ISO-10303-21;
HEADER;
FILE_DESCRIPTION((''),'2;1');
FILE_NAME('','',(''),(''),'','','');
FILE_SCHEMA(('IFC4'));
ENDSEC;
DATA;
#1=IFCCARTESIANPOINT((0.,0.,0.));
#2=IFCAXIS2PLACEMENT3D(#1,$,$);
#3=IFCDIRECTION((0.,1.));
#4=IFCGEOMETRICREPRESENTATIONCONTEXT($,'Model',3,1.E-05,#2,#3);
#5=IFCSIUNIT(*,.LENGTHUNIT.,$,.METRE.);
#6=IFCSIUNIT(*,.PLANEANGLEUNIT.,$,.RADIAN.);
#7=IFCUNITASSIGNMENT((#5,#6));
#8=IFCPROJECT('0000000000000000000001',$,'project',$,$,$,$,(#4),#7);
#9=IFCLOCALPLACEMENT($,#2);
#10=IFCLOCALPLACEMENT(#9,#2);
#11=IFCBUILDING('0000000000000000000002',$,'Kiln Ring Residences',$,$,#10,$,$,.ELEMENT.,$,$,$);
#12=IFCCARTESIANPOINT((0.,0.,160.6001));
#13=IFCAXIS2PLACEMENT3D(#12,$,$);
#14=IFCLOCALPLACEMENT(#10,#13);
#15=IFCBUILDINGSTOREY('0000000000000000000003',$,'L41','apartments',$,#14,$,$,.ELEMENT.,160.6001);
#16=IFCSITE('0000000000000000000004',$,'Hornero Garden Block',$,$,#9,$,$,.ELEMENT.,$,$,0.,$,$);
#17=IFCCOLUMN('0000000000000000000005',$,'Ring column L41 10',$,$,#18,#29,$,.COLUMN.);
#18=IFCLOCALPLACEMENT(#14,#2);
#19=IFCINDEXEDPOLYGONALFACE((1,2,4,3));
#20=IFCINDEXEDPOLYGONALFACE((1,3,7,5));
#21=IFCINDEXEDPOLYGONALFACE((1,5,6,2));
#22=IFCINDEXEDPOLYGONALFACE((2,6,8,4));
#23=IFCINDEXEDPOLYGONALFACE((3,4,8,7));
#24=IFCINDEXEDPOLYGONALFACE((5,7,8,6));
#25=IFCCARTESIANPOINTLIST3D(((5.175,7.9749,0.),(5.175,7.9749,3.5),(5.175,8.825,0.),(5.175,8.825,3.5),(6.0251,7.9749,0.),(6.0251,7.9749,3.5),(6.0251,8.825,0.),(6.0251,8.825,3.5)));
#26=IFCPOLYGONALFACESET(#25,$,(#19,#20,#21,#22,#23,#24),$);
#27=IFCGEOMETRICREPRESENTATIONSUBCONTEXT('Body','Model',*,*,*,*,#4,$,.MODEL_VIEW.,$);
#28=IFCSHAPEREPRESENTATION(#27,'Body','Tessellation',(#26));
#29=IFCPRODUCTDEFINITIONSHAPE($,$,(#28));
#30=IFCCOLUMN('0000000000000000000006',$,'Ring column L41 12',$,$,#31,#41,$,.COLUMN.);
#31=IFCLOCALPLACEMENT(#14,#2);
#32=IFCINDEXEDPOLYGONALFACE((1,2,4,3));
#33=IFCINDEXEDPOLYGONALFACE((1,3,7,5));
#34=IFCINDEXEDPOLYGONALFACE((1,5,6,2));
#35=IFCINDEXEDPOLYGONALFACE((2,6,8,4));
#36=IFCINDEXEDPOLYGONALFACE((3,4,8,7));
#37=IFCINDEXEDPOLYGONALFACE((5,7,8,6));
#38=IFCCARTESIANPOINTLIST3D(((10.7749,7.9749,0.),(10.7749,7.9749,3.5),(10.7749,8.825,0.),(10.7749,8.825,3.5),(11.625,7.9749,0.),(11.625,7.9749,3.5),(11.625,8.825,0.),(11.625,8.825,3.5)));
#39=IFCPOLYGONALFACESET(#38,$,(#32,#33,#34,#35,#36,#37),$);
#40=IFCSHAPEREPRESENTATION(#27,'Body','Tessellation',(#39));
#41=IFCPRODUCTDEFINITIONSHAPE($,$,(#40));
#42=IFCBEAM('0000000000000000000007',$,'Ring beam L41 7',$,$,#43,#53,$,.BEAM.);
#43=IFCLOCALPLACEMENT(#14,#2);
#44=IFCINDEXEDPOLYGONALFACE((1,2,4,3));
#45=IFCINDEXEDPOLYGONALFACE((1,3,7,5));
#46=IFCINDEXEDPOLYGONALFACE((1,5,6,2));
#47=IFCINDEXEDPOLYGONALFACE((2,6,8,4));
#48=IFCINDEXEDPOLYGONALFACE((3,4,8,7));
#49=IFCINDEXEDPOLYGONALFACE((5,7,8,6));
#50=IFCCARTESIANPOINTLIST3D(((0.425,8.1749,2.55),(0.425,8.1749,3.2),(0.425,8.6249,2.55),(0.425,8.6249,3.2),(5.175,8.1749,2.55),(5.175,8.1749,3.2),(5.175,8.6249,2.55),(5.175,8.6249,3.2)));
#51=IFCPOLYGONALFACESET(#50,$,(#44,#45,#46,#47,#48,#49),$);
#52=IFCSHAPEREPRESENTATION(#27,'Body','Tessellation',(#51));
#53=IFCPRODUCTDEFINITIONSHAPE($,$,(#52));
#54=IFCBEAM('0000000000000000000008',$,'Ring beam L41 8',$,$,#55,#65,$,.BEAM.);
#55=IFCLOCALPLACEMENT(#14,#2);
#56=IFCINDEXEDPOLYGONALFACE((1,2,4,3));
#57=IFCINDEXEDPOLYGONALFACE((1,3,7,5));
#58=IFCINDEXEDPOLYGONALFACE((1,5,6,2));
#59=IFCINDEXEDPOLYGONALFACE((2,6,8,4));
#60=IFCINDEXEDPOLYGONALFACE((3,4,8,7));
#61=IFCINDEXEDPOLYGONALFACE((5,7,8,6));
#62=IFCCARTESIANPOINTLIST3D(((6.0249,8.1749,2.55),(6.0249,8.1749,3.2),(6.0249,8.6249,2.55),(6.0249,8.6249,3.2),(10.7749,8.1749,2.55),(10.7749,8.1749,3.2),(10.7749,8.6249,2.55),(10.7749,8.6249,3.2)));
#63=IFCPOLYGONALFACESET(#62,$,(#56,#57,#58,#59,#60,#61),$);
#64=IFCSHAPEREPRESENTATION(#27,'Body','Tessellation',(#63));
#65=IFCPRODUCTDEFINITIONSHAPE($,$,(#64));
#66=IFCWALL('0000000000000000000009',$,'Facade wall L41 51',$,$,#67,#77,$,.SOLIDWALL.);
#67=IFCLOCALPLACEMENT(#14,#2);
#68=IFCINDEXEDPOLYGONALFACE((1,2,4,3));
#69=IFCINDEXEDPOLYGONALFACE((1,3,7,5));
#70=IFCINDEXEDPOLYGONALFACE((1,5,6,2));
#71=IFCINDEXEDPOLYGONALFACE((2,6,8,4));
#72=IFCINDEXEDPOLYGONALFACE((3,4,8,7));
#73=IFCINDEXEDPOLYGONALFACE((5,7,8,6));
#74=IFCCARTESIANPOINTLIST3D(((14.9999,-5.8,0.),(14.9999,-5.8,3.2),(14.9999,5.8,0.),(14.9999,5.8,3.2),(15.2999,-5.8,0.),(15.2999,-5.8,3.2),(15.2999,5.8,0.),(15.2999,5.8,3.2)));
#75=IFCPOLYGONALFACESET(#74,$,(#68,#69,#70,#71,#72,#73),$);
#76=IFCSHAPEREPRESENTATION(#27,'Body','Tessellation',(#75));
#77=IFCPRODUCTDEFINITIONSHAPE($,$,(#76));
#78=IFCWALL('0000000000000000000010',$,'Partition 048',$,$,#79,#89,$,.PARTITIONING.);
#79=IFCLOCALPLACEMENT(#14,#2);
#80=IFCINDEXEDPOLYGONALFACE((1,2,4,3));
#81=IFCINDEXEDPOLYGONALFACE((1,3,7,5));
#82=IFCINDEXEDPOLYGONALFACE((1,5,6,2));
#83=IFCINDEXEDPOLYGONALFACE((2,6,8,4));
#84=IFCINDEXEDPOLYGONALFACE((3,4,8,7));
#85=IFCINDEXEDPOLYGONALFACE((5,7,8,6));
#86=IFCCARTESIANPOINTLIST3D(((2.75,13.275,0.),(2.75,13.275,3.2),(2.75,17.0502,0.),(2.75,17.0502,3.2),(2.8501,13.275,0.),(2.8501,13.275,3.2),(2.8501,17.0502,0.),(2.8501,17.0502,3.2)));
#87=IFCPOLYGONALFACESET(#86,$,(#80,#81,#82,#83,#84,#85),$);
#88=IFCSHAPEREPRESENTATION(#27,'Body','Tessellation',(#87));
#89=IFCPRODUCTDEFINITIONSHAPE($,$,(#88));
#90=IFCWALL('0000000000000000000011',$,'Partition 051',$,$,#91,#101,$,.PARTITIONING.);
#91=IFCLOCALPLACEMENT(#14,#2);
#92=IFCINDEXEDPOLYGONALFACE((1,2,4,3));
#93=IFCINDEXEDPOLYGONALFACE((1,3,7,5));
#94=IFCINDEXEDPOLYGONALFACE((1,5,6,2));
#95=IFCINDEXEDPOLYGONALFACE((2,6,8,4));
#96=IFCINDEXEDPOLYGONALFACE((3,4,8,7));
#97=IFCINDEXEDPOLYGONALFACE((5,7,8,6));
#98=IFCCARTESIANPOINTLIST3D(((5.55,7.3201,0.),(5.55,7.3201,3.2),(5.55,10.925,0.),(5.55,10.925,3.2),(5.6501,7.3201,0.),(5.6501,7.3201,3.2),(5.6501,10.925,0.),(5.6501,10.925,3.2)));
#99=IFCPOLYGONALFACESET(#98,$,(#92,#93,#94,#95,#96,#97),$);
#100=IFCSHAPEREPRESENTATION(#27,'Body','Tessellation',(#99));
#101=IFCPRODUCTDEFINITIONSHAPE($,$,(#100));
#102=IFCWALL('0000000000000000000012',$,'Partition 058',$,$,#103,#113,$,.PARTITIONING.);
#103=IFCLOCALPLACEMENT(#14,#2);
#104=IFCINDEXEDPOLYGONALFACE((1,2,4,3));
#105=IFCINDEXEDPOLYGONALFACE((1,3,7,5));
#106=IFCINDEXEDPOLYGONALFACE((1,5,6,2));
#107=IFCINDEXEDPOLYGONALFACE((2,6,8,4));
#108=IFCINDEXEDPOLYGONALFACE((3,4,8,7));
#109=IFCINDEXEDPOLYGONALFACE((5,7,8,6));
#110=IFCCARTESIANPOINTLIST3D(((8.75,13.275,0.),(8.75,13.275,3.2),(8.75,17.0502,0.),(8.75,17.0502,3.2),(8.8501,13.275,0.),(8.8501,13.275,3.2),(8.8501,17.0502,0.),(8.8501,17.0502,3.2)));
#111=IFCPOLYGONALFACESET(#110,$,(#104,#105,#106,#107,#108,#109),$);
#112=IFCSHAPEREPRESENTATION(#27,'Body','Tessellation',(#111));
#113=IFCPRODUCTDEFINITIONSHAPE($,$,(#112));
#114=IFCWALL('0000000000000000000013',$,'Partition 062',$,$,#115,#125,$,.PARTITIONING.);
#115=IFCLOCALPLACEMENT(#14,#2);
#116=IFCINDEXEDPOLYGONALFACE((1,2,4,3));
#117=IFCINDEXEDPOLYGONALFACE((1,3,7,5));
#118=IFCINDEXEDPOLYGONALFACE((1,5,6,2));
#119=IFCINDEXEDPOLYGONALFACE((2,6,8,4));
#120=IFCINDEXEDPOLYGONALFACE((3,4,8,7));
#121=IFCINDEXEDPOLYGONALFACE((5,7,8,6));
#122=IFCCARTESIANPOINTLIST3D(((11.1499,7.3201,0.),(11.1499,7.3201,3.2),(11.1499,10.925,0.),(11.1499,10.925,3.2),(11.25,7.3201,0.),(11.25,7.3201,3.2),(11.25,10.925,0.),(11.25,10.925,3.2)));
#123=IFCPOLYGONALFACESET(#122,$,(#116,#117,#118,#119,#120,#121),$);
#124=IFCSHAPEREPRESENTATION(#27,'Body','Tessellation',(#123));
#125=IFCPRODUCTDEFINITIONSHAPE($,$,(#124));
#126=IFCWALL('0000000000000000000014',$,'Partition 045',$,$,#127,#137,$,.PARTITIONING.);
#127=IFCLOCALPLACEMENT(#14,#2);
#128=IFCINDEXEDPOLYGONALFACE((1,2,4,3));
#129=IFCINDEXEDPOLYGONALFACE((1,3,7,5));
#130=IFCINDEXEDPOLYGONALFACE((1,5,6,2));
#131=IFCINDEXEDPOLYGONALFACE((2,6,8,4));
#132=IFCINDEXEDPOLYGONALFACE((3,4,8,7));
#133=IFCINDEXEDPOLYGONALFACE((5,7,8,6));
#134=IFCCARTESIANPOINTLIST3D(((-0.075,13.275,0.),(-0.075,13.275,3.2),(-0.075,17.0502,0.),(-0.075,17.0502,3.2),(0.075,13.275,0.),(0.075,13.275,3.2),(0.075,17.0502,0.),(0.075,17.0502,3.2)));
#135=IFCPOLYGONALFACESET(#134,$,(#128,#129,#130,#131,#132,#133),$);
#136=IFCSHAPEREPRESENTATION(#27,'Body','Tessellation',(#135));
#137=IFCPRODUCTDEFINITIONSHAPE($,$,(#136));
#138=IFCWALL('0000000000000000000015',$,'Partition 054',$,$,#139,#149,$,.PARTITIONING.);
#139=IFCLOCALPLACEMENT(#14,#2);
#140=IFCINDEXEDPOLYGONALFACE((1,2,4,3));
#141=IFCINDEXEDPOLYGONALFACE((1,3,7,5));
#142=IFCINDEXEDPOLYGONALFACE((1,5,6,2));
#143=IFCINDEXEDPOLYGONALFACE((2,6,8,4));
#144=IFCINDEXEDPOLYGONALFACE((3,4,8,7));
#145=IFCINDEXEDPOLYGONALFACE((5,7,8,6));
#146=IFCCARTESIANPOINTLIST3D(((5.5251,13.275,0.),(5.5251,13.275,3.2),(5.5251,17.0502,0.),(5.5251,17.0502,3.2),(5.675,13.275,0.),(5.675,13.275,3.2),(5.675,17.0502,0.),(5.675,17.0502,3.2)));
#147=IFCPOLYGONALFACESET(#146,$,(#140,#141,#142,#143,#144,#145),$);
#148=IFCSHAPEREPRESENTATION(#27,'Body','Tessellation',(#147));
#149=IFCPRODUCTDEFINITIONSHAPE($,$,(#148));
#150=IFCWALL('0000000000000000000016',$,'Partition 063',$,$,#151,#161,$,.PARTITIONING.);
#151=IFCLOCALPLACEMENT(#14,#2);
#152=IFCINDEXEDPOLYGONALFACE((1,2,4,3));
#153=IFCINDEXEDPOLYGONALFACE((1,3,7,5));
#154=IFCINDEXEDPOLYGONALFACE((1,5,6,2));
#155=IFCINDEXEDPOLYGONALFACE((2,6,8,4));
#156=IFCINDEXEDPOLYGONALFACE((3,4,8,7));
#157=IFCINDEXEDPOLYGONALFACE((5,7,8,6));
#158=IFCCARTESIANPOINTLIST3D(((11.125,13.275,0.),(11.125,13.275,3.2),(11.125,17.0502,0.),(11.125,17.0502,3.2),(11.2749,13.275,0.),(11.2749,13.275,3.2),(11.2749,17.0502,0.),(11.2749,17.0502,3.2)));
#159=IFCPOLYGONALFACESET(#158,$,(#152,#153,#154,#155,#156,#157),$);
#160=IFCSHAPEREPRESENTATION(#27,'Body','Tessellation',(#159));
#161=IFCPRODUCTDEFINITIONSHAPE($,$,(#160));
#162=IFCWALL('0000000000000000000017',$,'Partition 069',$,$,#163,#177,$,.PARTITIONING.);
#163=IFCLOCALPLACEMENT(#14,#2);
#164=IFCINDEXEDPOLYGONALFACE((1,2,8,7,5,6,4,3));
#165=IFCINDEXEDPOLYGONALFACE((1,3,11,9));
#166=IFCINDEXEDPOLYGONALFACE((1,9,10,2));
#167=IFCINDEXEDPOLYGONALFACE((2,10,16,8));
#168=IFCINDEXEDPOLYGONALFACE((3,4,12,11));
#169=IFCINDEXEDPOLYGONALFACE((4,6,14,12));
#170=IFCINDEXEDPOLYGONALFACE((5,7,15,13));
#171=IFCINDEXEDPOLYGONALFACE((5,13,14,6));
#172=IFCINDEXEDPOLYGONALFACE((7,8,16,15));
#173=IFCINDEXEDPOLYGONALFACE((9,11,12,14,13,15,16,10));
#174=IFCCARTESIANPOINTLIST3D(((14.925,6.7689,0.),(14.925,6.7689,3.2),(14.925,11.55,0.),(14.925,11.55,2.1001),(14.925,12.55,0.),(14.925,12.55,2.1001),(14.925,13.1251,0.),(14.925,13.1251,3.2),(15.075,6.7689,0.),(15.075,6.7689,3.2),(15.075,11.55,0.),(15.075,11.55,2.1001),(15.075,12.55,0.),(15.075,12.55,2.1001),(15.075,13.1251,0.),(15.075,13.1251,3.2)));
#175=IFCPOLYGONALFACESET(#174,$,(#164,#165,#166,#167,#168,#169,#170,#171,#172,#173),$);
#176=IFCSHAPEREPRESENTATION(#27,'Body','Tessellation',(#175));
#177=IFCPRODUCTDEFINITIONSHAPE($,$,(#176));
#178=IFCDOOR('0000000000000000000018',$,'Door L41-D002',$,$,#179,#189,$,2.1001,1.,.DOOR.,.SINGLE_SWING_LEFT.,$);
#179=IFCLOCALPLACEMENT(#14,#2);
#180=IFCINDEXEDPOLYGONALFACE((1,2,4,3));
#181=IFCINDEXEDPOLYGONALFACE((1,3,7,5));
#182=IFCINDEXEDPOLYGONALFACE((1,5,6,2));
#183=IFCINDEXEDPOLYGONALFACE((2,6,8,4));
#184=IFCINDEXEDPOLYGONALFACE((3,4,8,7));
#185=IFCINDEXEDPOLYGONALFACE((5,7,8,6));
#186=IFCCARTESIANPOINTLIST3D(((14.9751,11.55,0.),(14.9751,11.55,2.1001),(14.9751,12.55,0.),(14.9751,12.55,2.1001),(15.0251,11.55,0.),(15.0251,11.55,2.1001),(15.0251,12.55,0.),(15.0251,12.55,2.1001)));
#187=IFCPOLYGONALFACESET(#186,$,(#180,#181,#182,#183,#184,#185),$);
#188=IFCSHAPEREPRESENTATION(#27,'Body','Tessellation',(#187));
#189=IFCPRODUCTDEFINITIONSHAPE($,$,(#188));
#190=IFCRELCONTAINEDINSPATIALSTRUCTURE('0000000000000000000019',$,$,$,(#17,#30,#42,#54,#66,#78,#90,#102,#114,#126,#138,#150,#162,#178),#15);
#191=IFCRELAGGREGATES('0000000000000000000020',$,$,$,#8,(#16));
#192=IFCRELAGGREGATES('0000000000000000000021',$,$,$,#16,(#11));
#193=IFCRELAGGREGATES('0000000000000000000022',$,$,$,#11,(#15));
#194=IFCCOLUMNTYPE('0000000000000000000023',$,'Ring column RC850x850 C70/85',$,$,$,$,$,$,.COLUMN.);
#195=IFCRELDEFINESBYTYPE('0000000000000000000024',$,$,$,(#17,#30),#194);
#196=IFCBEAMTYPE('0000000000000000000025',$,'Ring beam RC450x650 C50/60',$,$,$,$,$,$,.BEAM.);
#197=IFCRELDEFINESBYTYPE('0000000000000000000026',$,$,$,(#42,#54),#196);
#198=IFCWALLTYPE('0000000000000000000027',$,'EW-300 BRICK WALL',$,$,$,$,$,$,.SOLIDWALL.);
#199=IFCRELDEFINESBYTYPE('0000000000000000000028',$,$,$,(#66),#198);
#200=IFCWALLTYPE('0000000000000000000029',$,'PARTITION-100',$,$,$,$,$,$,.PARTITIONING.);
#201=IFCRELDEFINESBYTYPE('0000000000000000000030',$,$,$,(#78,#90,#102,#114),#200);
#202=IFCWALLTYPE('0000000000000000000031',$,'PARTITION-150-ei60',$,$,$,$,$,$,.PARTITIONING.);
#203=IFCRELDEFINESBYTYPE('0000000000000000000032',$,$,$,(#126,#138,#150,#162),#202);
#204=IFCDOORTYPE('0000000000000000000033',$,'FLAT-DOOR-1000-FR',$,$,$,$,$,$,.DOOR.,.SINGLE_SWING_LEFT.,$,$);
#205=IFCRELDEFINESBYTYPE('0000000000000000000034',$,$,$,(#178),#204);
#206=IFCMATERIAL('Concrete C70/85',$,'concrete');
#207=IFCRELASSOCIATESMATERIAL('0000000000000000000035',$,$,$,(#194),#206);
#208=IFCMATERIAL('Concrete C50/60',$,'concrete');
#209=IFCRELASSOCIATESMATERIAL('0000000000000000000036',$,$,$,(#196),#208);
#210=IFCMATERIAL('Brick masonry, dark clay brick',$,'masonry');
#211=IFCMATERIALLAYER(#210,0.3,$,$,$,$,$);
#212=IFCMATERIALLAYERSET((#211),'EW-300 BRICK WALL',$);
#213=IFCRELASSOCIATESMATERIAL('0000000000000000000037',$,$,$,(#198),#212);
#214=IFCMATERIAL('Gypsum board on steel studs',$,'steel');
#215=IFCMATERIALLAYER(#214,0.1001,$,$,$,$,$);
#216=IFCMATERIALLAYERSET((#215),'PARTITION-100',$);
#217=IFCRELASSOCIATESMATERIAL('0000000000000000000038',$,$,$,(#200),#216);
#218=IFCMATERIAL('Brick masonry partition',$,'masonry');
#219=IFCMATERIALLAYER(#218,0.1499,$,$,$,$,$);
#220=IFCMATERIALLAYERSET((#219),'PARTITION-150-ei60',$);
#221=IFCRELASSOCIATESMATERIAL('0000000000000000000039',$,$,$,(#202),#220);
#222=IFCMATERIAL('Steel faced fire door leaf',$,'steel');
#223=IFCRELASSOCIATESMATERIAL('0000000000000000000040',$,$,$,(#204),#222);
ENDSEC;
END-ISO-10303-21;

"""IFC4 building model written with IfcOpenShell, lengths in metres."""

from ifc_helpers import new_model, si_unit, direction, frame, frame_2d, origin, origin_2d, place, context, subcontext, project, spatial, rectangle, extrude, material, layer, layer_set, material_profile, profile_set, type_object, element, fill, save


model = new_model("IFC4")

# Units and contexts
model_context = context("Model", 3, precision=1e-05, world=origin(), true_north=direction((0.0, 1.0)))
body_context = subcontext(model_context, "Body", "Model", "MODEL_VIEW")
ifc_project = project(units=[si_unit("LENGTHUNIT", "METRE"), si_unit("PLANEANGLEUNIT", "RADIAN")], contexts=[model_context])

# Site, building, storey
site_placement = place(None, origin())
site = spatial("IfcSite", under=ifc_project, at=site_placement, Name="Hornero Garden Block", CompositionType="ELEMENT", RefElevation=0.0)
building_placement = place(site_placement, origin())
building = spatial("IfcBuilding", under=site, at=building_placement, Name="Kiln Ring Residences", CompositionType="ELEMENT")
storey_placement = place(building_placement, frame((0.0, 0.0, 160.6001)))
storey = spatial("IfcBuildingStorey", under=building, at=storey_placement, Name="L41", Description="apartments", CompositionType="ELEMENT", Elevation=160.6001)

# Columns
ifc_material_1 = material(Name="Concrete C70/85", Category="concrete")
ifc_material_profile_1 = material_profile(ifc_material_1, rectangle(XDim=0.8501, YDim=0.8501, at=origin_2d()), Name="RC850x850")
ifc_profile_set_1 = profile_set([ifc_material_profile_1], Name="Concrete C70/85")
column_type = type_object("IfcColumnType", Name="Ring column RC850x850 C70/85", PredefinedType="COLUMN", material=ifc_profile_set_1)
for number, where, z_axis, x_axis, name in (
    (1, (5.6001, 8.3999, 0.0), (0.0, 0.0, 1.0), (1.0, 0.0, 0.0), "Ring column L41 10"),
    (2, (11.2, 8.3999, 0.0), (0.0, 0.0, 1.0), (1.0, 0.0, 0.0), "Ring column L41 12"),
):
    element("IfcColumn", number, at=place(storey_placement, frame(where, z_axis=z_axis, x_axis=x_axis)), inside=storey, type_object=column_type, Name=name, PredefinedType="COLUMN", context=body_context, shape_type="SweptSolid", body=[
        extrude(rectangle(XDim=0.8501, YDim=0.8501, at=origin_2d()), origin(), (0.0, 0.0, 1.0), 3.5),
    ])

# Beams
ifc_material_2 = material(Name="Concrete C50/60", Category="concrete")
ifc_material_profile_2 = material_profile(ifc_material_2, rectangle(XDim=0.45, YDim=0.6499, at=origin_2d()), Name="RC450x650")
ifc_profile_set_2 = profile_set([ifc_material_profile_2], Name="Concrete C50/60")
beam_type = type_object("IfcBeamType", Name="Ring beam RC450x650 C50/60", PredefinedType="BEAM", material=ifc_profile_set_2)
for number, where, z_axis, x_axis, name in (
    (3, (0.425, 8.3999, 2.875), (1.0, 0.0, 0.0), (0.0, 1.0, 0.0), "Ring beam L41 7"),
    (4, (6.0249, 8.3999, 2.875), (1.0, 0.0, 0.0), (0.0, 1.0, 0.0), "Ring beam L41 8"),
):
    element("IfcBeam", number, at=place(storey_placement, frame(where, z_axis=z_axis, x_axis=x_axis)), inside=storey, type_object=beam_type, Name=name, PredefinedType="BEAM", context=body_context, shape_type="SweptSolid", body=[
        extrude(rectangle(XDim=0.45, YDim=0.6499, at=origin_2d()), origin(), (0.0, 0.0, 1.0), 4.75),
    ])

# Walls
ifc_material_3 = material(Name="Brick masonry, dark clay brick", Category="masonry")
ifc_layer_1 = layer(ifc_material_3, 0.3)
ifc_layer_set_1 = layer_set([ifc_layer_1], Name="EW-300 BRICK WALL")
wall_type_1 = type_object("IfcWallType", Name="EW-300 BRICK WALL", PredefinedType="SOLIDWALL", material=ifc_layer_set_1)
wall_1_placement = place(storey_placement, frame((15.1499, 5.8, 0.0), z_axis=(0.0, 0.0, 1.0), x_axis=(0.0, -1.0, 0.0)))
element("IfcWall", 5, at=wall_1_placement, inside=storey, type_object=wall_type_1, Name="Facade wall L41 51", PredefinedType="SOLIDWALL", context=body_context, shape_type="SweptSolid", body=[
    extrude(rectangle(XDim=11.6001, YDim=0.3, at=frame_2d((5.8, 0.0))), origin(), (0.0, 0.0, 1.0), 3.2),
])
ifc_material_4 = material(Name="Gypsum board on steel studs", Category="steel")
ifc_layer_2 = layer(ifc_material_4, 0.1001)
ifc_layer_set_2 = layer_set([ifc_layer_2], Name="PARTITION-100")
wall_type_2 = type_object("IfcWallType", Name="PARTITION-100", PredefinedType="PARTITIONING", material=ifc_layer_set_2)
wall_2_placement = place(storey_placement, frame((2.8, 13.2749, 0.0), z_axis=(0.0, 0.0, 1.0), x_axis=(0.0, 1.0, 0.0)))
element("IfcWall", 6, at=wall_2_placement, inside=storey, type_object=wall_type_2, Name="Partition 048", PredefinedType="PARTITIONING", context=body_context, shape_type="SweptSolid", body=[
    extrude(rectangle(XDim=3.7751, YDim=0.1001, at=frame_2d((1.8877, 0.0))), origin(), (0.0, 0.0, 1.0), 3.2),
])
wall_3_placement = place(storey_placement, frame((5.6001, 7.3201, 0.0), z_axis=(0.0, 0.0, 1.0), x_axis=(0.0, 1.0, 0.0)))
element("IfcWall", 7, at=wall_3_placement, inside=storey, type_object=wall_type_2, Name="Partition 051", PredefinedType="PARTITIONING", context=body_context, shape_type="SweptSolid", body=[
    extrude(rectangle(XDim=3.605, YDim=0.1001, at=frame_2d((1.8025, 0.0))), origin(), (0.0, 0.0, 1.0), 3.2),
])
wall_4_placement = place(storey_placement, frame((8.8, 13.2749, 0.0), z_axis=(0.0, 0.0, 1.0), x_axis=(0.0, 1.0, 0.0)))
element("IfcWall", 8, at=wall_4_placement, inside=storey, type_object=wall_type_2, Name="Partition 058", PredefinedType="PARTITIONING", context=body_context, shape_type="SweptSolid", body=[
    extrude(rectangle(XDim=3.7751, YDim=0.1001, at=frame_2d((1.8877, 0.0))), origin(), (0.0, 0.0, 1.0), 3.2),
])
wall_5_placement = place(storey_placement, frame((11.2, 7.3201, 0.0), z_axis=(0.0, 0.0, 1.0), x_axis=(0.0, 1.0, 0.0)))
element("IfcWall", 9, at=wall_5_placement, inside=storey, type_object=wall_type_2, Name="Partition 062", PredefinedType="PARTITIONING", context=body_context, shape_type="SweptSolid", body=[
    extrude(rectangle(XDim=3.605, YDim=0.1001, at=frame_2d((1.8025, 0.0))), origin(), (0.0, 0.0, 1.0), 3.2),
])
ifc_material_5 = material(Name="Brick masonry partition", Category="masonry")
ifc_layer_3 = layer(ifc_material_5, 0.1499)
ifc_layer_set_3 = layer_set([ifc_layer_3], Name="PARTITION-150-ei60")
wall_type_3 = type_object("IfcWallType", Name="PARTITION-150-ei60", PredefinedType="PARTITIONING", material=ifc_layer_set_3)
for number, where, z_axis, x_axis, name in (
    (10, (0.0, 13.2749, 0.0), (0.0, 0.0, 1.0), (0.0, 1.0, 0.0), "Partition 045"),
    (11, (5.6001, 13.2749, 0.0), (0.0, 0.0, 1.0), (0.0, 1.0, 0.0), "Partition 054"),
    (12, (11.2, 13.2749, 0.0), (0.0, 0.0, 1.0), (0.0, 1.0, 0.0), "Partition 063"),
):
    element("IfcWall", number, at=place(storey_placement, frame(where, z_axis=z_axis, x_axis=x_axis)), inside=storey, type_object=wall_type_3, Name=name, PredefinedType="PARTITIONING", context=body_context, shape_type="SweptSolid", body=[
        extrude(rectangle(XDim=3.7751, YDim=0.1499, at=frame_2d((1.8877, 0.0))), origin(), (0.0, 0.0, 1.0), 3.2),
    ])

# Wall, opening, door
wall_6_placement = place(storey_placement, frame((15.0, 6.7688, 0.0), z_axis=(0.0, 0.0, 1.0), x_axis=(0.0, 1.0, 0.0)))
wall_6 = element("IfcWall", 13, at=wall_6_placement, inside=storey, type_object=wall_type_3, Name="Partition 069", PredefinedType="PARTITIONING", context=body_context, shape_type="SweptSolid", body=[
    extrude(rectangle(XDim=6.3562, YDim=0.1499, at=frame_2d((3.1782, 0.0))), origin(), (0.0, 0.0, 1.0), 3.2),
])
opening_placement = place(wall_6_placement, frame((4.7812, 0.0, 0.0)))
opening = element("IfcOpeningElement", 14, at=opening_placement, cuts=wall_6, PredefinedType="OPENING", context=body_context, shape_type="SweptSolid", body=[
    extrude(rectangle(XDim=1.0, YDim=2.1001, at=frame_2d((0.5, 1.05))), frame((0.0, 0.085, 0.0), z_axis=(0.0, -1.0, 0.0), x_axis=(1.0, 0.0, 0.0)), (0.0, 0.0, 1.0), 0.1699),
])
ifc_material_6 = material(Name="Steel faced fire door leaf", Category="steel")
door_type = type_object("IfcDoorType", Name="FLAT-DOOR-1000-FR", OperationType="SINGLE_SWING_LEFT", PredefinedType="DOOR", material=ifc_material_6)
door_placement = place(opening_placement, origin())
door = element("IfcDoor", 15, at=door_placement, inside=storey, type_object=door_type, Name="Door L41-D002", OperationType="SINGLE_SWING_LEFT", OverallHeight=2.1001, OverallWidth=1.0, PredefinedType="DOOR", context=body_context, shape_type="SweptSolid", body=[
    extrude(rectangle(XDim=1.0, YDim=2.1001, at=frame_2d((0.5, 1.05))), frame((0.0, 0.0249, 0.0), z_axis=(0.0, -1.0, 0.0), x_axis=(1.0, 0.0, 0.0)), (0.0, 0.0, 1.0), 0.05),
])
fill(opening, door)

save(model, "model.ifc")
